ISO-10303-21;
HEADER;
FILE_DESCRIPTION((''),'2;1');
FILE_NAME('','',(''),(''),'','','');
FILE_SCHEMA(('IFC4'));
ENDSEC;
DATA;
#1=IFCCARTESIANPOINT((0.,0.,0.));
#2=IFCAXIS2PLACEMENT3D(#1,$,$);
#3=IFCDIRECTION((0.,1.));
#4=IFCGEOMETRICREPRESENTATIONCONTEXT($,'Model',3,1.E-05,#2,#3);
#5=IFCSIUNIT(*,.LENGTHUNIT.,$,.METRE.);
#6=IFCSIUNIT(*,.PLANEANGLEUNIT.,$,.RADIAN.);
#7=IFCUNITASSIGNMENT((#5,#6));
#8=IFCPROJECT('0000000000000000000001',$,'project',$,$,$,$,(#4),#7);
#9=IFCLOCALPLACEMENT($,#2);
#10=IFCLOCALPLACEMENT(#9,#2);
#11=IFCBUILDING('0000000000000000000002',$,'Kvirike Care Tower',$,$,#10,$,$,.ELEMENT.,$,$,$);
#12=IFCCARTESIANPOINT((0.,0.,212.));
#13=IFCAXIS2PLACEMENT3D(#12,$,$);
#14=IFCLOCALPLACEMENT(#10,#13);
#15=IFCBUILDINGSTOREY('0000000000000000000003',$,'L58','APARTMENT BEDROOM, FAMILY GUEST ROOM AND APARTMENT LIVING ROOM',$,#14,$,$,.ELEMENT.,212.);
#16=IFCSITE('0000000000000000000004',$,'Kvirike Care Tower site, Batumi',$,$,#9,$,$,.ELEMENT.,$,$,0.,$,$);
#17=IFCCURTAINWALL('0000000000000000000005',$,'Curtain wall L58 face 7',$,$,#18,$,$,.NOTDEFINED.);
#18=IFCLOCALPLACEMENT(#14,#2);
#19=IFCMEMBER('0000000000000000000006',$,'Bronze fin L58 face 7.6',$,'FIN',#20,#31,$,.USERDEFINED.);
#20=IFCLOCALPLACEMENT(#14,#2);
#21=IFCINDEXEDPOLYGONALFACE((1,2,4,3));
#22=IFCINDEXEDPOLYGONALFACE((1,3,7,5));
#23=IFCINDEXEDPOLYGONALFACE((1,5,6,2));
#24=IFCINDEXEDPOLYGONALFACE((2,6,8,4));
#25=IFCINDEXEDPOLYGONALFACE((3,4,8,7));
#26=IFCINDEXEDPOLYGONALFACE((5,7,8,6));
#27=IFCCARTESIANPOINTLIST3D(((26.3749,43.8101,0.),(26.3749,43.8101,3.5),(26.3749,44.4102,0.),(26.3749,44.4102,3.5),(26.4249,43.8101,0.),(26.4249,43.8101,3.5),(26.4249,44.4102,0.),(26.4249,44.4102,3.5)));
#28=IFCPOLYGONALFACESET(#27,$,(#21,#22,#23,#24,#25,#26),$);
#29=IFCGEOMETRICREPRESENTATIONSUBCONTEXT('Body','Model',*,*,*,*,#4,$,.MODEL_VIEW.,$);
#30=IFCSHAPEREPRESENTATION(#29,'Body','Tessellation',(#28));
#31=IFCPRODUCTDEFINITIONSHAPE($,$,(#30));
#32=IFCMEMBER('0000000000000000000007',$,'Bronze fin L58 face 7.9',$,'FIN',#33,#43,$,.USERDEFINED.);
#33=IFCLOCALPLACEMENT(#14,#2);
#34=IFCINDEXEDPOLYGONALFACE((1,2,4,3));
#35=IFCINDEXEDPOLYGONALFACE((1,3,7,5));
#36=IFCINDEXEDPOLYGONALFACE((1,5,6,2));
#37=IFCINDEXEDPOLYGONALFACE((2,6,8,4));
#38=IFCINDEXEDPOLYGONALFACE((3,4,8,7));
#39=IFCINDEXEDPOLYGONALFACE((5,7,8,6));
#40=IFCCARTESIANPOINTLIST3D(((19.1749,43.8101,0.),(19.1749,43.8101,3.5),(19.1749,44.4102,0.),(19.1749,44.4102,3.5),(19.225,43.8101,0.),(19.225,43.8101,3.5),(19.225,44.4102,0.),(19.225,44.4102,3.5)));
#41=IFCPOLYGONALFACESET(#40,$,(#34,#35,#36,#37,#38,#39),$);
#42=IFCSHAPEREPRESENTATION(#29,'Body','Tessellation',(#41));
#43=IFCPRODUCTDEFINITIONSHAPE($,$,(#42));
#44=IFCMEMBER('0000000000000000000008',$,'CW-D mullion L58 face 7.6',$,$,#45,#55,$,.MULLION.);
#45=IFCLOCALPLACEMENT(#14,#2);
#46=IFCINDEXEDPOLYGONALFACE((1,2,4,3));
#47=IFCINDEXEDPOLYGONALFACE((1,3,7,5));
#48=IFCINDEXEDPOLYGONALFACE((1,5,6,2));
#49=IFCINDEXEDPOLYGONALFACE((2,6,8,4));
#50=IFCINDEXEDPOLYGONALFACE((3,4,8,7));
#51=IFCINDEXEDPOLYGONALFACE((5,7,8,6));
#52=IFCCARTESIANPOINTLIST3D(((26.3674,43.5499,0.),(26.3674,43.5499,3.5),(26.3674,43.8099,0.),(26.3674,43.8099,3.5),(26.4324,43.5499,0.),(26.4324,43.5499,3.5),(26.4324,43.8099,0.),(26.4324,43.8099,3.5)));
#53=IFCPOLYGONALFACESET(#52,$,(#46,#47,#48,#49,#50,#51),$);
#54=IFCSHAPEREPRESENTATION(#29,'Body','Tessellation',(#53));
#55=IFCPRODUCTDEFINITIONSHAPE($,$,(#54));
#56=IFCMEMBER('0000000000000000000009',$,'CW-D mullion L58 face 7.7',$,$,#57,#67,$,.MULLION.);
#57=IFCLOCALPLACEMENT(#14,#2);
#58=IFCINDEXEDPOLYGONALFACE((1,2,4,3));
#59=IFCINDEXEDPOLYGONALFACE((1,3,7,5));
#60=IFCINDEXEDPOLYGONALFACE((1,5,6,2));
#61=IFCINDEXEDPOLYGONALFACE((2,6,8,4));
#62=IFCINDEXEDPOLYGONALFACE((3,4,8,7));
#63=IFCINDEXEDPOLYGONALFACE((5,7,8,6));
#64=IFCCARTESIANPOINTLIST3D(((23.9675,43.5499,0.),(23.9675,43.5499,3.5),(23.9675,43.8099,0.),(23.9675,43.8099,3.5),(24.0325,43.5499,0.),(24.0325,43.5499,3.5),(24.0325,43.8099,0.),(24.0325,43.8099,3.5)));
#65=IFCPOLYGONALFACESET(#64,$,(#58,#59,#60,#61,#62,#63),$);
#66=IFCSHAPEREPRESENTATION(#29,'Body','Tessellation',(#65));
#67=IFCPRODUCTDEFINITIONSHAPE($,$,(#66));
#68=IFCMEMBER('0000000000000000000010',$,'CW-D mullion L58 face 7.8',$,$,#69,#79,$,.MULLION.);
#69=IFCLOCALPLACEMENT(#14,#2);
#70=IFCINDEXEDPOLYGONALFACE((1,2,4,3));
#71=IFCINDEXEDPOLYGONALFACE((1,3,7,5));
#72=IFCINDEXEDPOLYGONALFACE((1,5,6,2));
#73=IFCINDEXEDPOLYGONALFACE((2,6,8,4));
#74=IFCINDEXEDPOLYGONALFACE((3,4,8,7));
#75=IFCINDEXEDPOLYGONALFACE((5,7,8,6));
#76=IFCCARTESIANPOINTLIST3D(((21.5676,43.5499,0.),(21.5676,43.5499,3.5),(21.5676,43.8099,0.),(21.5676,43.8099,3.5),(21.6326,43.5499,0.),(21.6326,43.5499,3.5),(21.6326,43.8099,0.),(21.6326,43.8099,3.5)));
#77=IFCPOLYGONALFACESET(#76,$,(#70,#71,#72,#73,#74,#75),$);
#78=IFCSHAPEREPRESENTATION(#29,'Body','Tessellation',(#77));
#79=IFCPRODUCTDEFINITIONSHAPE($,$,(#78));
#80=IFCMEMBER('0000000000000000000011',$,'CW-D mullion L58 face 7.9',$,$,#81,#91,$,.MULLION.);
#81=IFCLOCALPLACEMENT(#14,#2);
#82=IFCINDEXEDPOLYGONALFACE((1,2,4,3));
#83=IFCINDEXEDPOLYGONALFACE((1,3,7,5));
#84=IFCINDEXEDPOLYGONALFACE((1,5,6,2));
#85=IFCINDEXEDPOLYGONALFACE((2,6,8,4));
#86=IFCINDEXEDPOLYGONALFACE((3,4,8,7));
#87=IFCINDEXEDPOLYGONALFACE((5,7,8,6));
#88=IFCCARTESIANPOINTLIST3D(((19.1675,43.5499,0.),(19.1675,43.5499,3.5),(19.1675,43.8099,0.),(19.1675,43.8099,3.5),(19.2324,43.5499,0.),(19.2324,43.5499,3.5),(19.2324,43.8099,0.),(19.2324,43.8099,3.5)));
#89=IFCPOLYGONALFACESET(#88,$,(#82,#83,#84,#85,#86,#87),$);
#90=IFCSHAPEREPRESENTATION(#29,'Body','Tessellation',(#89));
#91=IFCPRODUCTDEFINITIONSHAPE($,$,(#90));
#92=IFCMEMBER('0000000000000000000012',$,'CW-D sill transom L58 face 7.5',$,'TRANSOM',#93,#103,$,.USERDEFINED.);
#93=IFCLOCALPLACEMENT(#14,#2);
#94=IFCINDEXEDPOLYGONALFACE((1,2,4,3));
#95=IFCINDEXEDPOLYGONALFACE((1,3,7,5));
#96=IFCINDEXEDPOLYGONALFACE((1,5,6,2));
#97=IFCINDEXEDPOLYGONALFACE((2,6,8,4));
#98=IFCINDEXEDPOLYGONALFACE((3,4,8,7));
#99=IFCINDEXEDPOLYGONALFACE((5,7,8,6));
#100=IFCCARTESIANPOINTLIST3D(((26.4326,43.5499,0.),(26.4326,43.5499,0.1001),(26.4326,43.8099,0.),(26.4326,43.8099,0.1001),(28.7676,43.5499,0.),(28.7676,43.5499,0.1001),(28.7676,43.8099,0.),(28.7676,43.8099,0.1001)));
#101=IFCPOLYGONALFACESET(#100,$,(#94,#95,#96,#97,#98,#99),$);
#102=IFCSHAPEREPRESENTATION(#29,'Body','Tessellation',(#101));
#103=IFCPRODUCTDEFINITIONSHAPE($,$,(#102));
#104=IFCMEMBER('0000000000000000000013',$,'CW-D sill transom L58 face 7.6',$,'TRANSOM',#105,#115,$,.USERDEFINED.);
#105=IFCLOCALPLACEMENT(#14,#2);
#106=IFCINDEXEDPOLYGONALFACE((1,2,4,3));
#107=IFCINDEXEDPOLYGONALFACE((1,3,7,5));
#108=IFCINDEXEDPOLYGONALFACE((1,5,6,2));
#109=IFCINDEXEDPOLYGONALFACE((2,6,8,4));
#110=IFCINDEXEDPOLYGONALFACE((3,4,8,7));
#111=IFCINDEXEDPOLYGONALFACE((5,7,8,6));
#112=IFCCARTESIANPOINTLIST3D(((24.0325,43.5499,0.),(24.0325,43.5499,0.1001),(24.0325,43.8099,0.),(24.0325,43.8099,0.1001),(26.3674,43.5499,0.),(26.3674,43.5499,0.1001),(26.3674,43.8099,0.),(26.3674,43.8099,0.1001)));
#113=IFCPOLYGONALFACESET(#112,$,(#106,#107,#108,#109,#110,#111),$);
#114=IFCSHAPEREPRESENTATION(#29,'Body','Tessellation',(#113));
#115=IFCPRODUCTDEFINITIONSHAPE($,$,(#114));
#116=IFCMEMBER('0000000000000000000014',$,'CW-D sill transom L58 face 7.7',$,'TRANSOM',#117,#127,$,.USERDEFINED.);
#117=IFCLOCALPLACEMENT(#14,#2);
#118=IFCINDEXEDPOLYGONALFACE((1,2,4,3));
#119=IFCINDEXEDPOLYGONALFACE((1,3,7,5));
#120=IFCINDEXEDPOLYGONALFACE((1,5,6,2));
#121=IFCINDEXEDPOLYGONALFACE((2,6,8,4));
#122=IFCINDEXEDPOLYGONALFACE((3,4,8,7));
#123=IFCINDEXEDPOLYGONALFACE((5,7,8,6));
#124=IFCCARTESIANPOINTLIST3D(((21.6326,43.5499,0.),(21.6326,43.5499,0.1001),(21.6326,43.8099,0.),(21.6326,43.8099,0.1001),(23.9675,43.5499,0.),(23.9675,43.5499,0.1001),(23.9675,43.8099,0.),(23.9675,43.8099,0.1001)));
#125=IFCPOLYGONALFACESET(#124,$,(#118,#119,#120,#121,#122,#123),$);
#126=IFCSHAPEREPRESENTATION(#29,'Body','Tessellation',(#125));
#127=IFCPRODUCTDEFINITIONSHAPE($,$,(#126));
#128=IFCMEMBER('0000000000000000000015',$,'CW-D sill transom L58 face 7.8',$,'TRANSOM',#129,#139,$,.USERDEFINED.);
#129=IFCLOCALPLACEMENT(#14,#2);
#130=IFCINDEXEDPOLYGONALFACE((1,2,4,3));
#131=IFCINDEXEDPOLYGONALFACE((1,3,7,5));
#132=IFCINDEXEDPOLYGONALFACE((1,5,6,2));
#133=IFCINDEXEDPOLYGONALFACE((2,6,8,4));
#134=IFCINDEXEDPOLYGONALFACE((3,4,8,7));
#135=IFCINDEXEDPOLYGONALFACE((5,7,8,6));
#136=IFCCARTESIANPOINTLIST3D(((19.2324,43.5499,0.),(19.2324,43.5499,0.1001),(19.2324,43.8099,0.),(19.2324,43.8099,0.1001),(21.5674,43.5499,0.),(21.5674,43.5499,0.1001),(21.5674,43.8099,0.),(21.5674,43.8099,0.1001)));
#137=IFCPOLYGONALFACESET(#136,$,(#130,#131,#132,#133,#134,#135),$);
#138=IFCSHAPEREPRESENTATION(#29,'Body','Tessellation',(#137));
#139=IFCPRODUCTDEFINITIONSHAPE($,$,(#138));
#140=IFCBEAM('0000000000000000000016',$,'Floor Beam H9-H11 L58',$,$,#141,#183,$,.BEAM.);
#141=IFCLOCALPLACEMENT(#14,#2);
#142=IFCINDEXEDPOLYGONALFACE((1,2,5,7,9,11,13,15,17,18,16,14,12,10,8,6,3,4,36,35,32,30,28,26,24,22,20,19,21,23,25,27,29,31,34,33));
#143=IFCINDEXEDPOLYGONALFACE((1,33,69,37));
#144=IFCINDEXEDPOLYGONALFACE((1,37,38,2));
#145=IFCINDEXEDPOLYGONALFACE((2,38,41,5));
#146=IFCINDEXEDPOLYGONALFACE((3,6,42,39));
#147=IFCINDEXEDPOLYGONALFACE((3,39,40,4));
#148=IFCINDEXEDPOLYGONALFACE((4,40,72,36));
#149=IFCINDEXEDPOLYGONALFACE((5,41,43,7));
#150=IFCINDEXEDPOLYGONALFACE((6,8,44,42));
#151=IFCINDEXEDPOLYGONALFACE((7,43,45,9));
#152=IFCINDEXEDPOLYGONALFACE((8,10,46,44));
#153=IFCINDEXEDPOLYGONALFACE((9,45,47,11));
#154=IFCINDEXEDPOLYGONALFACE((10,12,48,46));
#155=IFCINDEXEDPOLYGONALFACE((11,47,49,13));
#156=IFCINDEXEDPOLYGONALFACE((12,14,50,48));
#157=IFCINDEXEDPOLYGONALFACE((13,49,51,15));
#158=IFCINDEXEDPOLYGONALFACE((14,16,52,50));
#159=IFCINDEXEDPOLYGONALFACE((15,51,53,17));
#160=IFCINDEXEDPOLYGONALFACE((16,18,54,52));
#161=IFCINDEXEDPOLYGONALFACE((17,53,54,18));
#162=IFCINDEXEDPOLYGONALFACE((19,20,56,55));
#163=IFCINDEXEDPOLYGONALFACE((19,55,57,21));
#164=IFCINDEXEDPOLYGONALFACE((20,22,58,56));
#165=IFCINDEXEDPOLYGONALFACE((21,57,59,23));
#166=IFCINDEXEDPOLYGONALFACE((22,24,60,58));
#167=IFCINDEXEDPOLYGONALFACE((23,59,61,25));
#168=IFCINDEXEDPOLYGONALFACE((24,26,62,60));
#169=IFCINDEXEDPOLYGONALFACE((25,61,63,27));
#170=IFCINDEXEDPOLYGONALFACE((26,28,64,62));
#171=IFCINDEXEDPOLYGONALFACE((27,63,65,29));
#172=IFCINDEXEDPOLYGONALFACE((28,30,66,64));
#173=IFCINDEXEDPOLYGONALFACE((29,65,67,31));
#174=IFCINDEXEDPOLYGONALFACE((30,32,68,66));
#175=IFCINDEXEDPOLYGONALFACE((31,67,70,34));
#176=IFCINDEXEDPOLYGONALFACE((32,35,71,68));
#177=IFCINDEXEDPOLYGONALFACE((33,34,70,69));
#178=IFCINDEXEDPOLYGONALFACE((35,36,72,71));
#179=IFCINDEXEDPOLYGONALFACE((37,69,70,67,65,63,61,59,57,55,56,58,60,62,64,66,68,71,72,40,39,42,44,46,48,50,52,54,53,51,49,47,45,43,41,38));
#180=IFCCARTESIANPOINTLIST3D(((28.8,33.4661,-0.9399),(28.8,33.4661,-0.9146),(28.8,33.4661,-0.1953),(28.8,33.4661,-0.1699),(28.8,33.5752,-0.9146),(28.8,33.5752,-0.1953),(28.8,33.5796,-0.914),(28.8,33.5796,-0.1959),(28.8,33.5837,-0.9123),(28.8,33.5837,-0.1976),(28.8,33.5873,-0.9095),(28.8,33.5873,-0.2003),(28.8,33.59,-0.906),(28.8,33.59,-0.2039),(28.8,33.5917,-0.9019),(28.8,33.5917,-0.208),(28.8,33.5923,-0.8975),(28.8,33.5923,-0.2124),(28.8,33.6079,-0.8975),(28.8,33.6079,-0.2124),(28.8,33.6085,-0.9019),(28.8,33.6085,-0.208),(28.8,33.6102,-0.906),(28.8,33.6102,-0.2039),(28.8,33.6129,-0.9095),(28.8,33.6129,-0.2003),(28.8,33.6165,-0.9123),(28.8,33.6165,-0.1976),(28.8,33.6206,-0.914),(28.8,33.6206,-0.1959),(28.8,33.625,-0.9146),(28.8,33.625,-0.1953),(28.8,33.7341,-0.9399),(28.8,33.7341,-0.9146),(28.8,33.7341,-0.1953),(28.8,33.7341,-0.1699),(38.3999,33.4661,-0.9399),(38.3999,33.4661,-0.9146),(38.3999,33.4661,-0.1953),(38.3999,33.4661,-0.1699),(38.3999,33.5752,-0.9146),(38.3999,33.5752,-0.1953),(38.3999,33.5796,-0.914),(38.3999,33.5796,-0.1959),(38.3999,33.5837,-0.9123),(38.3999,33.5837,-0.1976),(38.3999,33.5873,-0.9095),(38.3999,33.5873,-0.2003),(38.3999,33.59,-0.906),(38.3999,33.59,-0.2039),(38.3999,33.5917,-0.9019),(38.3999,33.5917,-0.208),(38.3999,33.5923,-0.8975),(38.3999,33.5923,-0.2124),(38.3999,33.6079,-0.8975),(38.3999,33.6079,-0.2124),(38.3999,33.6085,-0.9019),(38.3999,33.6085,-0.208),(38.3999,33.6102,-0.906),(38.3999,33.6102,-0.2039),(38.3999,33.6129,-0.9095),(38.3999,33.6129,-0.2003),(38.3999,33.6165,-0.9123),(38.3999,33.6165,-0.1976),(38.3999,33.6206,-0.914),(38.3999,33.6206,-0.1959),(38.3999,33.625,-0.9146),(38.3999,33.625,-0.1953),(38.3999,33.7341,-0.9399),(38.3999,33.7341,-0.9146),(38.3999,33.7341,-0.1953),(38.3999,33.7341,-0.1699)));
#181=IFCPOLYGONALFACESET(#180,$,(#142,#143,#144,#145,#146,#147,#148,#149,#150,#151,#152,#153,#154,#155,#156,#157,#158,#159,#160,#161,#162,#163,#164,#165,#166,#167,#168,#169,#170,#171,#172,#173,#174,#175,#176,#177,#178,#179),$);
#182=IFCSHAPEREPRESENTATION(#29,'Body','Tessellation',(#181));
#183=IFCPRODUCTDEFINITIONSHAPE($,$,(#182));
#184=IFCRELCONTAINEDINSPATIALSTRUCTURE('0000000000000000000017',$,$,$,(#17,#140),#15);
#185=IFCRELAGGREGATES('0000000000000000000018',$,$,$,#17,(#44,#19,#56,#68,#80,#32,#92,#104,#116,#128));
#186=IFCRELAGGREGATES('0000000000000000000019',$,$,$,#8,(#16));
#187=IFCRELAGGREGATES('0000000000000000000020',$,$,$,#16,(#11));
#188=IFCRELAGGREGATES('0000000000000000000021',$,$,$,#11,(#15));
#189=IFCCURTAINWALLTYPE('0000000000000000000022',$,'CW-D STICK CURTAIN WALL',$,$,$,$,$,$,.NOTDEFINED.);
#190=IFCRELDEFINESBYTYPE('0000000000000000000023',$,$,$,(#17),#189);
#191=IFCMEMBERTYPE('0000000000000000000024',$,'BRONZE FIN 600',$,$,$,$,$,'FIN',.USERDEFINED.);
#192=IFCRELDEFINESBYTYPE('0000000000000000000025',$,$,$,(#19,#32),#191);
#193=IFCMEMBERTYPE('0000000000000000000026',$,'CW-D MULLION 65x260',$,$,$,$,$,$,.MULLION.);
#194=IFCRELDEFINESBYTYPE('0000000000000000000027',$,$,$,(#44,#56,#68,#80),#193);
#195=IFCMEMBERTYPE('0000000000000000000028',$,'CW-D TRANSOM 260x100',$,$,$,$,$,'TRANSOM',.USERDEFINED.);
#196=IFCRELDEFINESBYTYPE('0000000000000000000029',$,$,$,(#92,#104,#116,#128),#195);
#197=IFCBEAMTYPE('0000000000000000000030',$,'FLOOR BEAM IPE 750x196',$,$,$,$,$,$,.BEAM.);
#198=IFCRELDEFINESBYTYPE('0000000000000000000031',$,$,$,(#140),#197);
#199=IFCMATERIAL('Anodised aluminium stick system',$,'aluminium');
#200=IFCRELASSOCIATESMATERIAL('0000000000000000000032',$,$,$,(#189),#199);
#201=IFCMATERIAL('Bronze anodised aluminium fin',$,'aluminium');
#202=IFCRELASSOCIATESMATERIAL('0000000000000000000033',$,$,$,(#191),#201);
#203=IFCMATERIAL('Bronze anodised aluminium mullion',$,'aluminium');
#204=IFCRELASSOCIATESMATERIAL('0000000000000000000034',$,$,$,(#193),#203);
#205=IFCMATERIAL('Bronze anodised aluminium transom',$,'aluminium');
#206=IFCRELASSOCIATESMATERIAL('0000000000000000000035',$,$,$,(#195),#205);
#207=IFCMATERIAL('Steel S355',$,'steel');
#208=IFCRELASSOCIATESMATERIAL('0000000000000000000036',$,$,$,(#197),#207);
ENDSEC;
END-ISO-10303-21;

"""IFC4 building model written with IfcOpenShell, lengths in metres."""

from ifc_helpers import new_model, si_unit, direction, frame, origin, origin_2d, place, context, subcontext, project, spatial, rectangle, i_section, extrude, material, material_profile, profile_set, type_object, element, aggregate, save


model = new_model("IFC4")

# Units and contexts
model_context = context("Model", 3, precision=1e-05, world=origin(), true_north=direction((0.0, 1.0)))
body_context = subcontext(model_context, "Body", "Model", "MODEL_VIEW")
ifc_project = project(units=[si_unit("LENGTHUNIT", "METRE"), si_unit("PLANEANGLEUNIT", "RADIAN")], contexts=[model_context])

# Site, building, storey
site_placement = place(None, origin())
site = spatial("IfcSite", under=ifc_project, at=site_placement, Name="Kvirike Care Tower site, Batumi", CompositionType="ELEMENT", RefElevation=0.0)
building_placement = place(site_placement, origin())
building = spatial("IfcBuilding", under=site, at=building_placement, Name="Kvirike Care Tower", CompositionType="ELEMENT")
storey_placement = place(building_placement, frame((0.0, 0.0, 212.0)))
storey = spatial("IfcBuildingStorey", under=building, at=storey_placement, Name="L58", Description="APARTMENT BEDROOM, FAMILY GUEST ROOM AND APARTMENT LIVING ROOM", CompositionType="ELEMENT", Elevation=212.0)

# Curtain wall, members
ifc_material_1 = material(Name="Anodised aluminium stick system", Category="aluminium")
curtain_wall_type = type_object("IfcCurtainWallType", Name="CW-D STICK CURTAIN WALL", PredefinedType="NOTDEFINED", material=ifc_material_1)
curtain_wall_placement = place(storey_placement, origin())
curtain_wall = element("IfcCurtainWall", 1, at=curtain_wall_placement, inside=storey, type_object=curtain_wall_type, Name="Curtain wall L58 face 7", PredefinedType="NOTDEFINED")
ifc_material_2 = material(Name="Bronze anodised aluminium fin", Category="aluminium")
ifc_material_profile_1 = material_profile(ifc_material_2, rectangle(XDim=0.05, YDim=0.6001, at=origin_2d()), Name="BRONZE FIN 600")
ifc_profile_set_1 = profile_set([ifc_material_profile_1], Name="Bronze anodised aluminium fin")
member_type_1 = type_object("IfcMemberType", Name="BRONZE FIN 600", ElementType="FIN", PredefinedType="USERDEFINED", material=ifc_profile_set_1)
member_1_placement = place(storey_placement, frame((26.3999, 44.1101, 0.0), z_axis=(0.0, 0.0, 1.0), x_axis=(-1.0, 0.0, 0.0)))
member_1 = element("IfcMember", 2, at=member_1_placement, type_object=member_type_1, Name="Bronze fin L58 face 7.6", ObjectType="FIN", PredefinedType="USERDEFINED", context=body_context, shape_type="SweptSolid", body=[
    extrude(rectangle(XDim=0.05, YDim=0.6001, at=origin_2d()), origin(), (0.0, 0.0, 1.0), 3.5),
])
member_2_placement = place(storey_placement, frame((19.2, 44.1101, 0.0), z_axis=(0.0, 0.0, 1.0), x_axis=(-1.0, 0.0, 0.0)))
member_2 = element("IfcMember", 3, at=member_2_placement, type_object=member_type_1, Name="Bronze fin L58 face 7.9", ObjectType="FIN", PredefinedType="USERDEFINED", context=body_context, shape_type="SweptSolid", body=[
    extrude(rectangle(XDim=0.05, YDim=0.6001, at=origin_2d()), origin(), (0.0, 0.0, 1.0), 3.5),
])
ifc_material_3 = material(Name="Bronze anodised aluminium mullion", Category="aluminium")
ifc_material_profile_2 = material_profile(ifc_material_3, rectangle(XDim=0.0649, YDim=0.26, at=origin_2d()), Name="CW-D MULLION 65x260")
ifc_profile_set_2 = profile_set([ifc_material_profile_2], Name="Bronze anodised aluminium mullion")
member_type_2 = type_object("IfcMemberType", Name="CW-D MULLION 65x260", PredefinedType="MULLION", material=ifc_profile_set_2)
member_3_placement = place(storey_placement, frame((26.3999, 43.6799, 0.0), z_axis=(0.0, 0.0, 1.0), x_axis=(-1.0, 0.0, 0.0)))
member_3 = element("IfcMember", 4, at=member_3_placement, type_object=member_type_2, Name="CW-D mullion L58 face 7.6", PredefinedType="MULLION", context=body_context, shape_type="SweptSolid", body=[
    extrude(rectangle(XDim=0.0649, YDim=0.26, at=origin_2d()), origin(), (0.0, 0.0, 1.0), 3.5),
])
member_4_placement = place(storey_placement, frame((24.0, 43.6799, 0.0), z_axis=(0.0, 0.0, 1.0), x_axis=(-1.0, 0.0, 0.0)))
member_4 = element("IfcMember", 5, at=member_4_placement, type_object=member_type_2, Name="CW-D mullion L58 face 7.7", PredefinedType="MULLION", context=body_context, shape_type="SweptSolid", body=[
    extrude(rectangle(XDim=0.0649, YDim=0.26, at=origin_2d()), origin(), (0.0, 0.0, 1.0), 3.5),
])
member_5_placement = place(storey_placement, frame((21.6001, 43.6799, 0.0), z_axis=(0.0, 0.0, 1.0), x_axis=(-1.0, 0.0, 0.0)))
member_5 = element("IfcMember", 6, at=member_5_placement, type_object=member_type_2, Name="CW-D mullion L58 face 7.8", PredefinedType="MULLION", context=body_context, shape_type="SweptSolid", body=[
    extrude(rectangle(XDim=0.0649, YDim=0.26, at=origin_2d()), origin(), (0.0, 0.0, 1.0), 3.5),
])
member_6_placement = place(storey_placement, frame((19.2, 43.6799, 0.0), z_axis=(0.0, 0.0, 1.0), x_axis=(-1.0, 0.0, 0.0)))
member_6 = element("IfcMember", 7, at=member_6_placement, type_object=member_type_2, Name="CW-D mullion L58 face 7.9", PredefinedType="MULLION", context=body_context, shape_type="SweptSolid", body=[
    extrude(rectangle(XDim=0.0649, YDim=0.26, at=origin_2d()), origin(), (0.0, 0.0, 1.0), 3.5),
])
ifc_material_4 = material(Name="Bronze anodised aluminium transom", Category="aluminium")
ifc_material_profile_3 = material_profile(ifc_material_4, rectangle(XDim=0.26, YDim=0.1001, at=origin_2d()), Name="CW-D TRANSOM 260x100")
ifc_profile_set_3 = profile_set([ifc_material_profile_3], Name="Bronze anodised aluminium transom")
member_type_3 = type_object("IfcMemberType", Name="CW-D TRANSOM 260x100", ElementType="TRANSOM", PredefinedType="USERDEFINED", material=ifc_profile_set_3)
member_7_placement = place(storey_placement, frame((28.7676, 43.6799, 0.05), z_axis=(-1.0, 0.0, 0.0), x_axis=(0.0, -1.0, 0.0)))
member_7 = element("IfcMember", 8, at=member_7_placement, type_object=member_type_3, Name="CW-D sill transom L58 face 7.5", ObjectType="TRANSOM", PredefinedType="USERDEFINED", context=body_context, shape_type="SweptSolid", body=[
    extrude(rectangle(XDim=0.26, YDim=0.1001, at=origin_2d()), origin(), (0.0, 0.0, 1.0), 2.335),
])
member_8_placement = place(storey_placement, frame((26.3674, 43.6799, 0.05), z_axis=(-1.0, 0.0, 0.0), x_axis=(0.0, -1.0, 0.0)))
member_8 = element("IfcMember", 9, at=member_8_placement, type_object=member_type_3, Name="CW-D sill transom L58 face 7.6", ObjectType="TRANSOM", PredefinedType="USERDEFINED", context=body_context, shape_type="SweptSolid", body=[
    extrude(rectangle(XDim=0.26, YDim=0.1001, at=origin_2d()), origin(), (0.0, 0.0, 1.0), 2.335),
])
member_9_placement = place(storey_placement, frame((23.9675, 43.6799, 0.05), z_axis=(-1.0, 0.0, 0.0), x_axis=(0.0, -1.0, 0.0)))
member_9 = element("IfcMember", 10, at=member_9_placement, type_object=member_type_3, Name="CW-D sill transom L58 face 7.7", ObjectType="TRANSOM", PredefinedType="USERDEFINED", context=body_context, shape_type="SweptSolid", body=[
    extrude(rectangle(XDim=0.26, YDim=0.1001, at=origin_2d()), origin(), (0.0, 0.0, 1.0), 2.335),
])
member_10_placement = place(storey_placement, frame((21.5674, 43.6799, 0.05), z_axis=(-1.0, 0.0, 0.0), x_axis=(0.0, -1.0, 0.0)))
member_10 = element("IfcMember", 11, at=member_10_placement, type_object=member_type_3, Name="CW-D sill transom L58 face 7.8", ObjectType="TRANSOM", PredefinedType="USERDEFINED", context=body_context, shape_type="SweptSolid", body=[
    extrude(rectangle(XDim=0.26, YDim=0.1001, at=origin_2d()), origin(), (0.0, 0.0, 1.0), 2.335),
])

# Beam
ifc_material_5 = material(Name="Steel S355", Category="steel")
ifc_material_profile_4 = material_profile(ifc_material_5, i_section(OverallWidth=0.2681, OverallDepth=0.77, WebThickness=0.0156, FlangeThickness=0.0254, FilletRadius=0.0171, at=origin_2d()), Name="IPE 750x196")
ifc_profile_set_4 = profile_set([ifc_material_profile_4], Name="Steel S355")
beam_type = type_object("IfcBeamType", Name="FLOOR BEAM IPE 750x196", PredefinedType="BEAM", material=ifc_profile_set_4)
for number, where, z_axis, x_axis, name in (
    (12, (28.8, 33.6001, -0.5549), (1.0, 0.0, 0.0), (0.0, 1.0, 0.0), "Floor Beam H9-H11 L58"),
):
    element("IfcBeam", number, at=place(storey_placement, frame(where, z_axis=z_axis, x_axis=x_axis)), inside=storey, type_object=beam_type, Name=name, PredefinedType="BEAM", context=body_context, shape_type="SweptSolid", body=[
        extrude(i_section(OverallWidth=0.2681, OverallDepth=0.77, WebThickness=0.0156, FlangeThickness=0.0254, FilletRadius=0.0171, at=origin_2d()), origin(), (0.0, 0.0, 1.0), 9.5999),
    ])

aggregate(curtain_wall, [member_3, member_1, member_4, member_5, member_6, member_2, member_7, member_8, member_9, member_10])

save(model, "model.ifc")
